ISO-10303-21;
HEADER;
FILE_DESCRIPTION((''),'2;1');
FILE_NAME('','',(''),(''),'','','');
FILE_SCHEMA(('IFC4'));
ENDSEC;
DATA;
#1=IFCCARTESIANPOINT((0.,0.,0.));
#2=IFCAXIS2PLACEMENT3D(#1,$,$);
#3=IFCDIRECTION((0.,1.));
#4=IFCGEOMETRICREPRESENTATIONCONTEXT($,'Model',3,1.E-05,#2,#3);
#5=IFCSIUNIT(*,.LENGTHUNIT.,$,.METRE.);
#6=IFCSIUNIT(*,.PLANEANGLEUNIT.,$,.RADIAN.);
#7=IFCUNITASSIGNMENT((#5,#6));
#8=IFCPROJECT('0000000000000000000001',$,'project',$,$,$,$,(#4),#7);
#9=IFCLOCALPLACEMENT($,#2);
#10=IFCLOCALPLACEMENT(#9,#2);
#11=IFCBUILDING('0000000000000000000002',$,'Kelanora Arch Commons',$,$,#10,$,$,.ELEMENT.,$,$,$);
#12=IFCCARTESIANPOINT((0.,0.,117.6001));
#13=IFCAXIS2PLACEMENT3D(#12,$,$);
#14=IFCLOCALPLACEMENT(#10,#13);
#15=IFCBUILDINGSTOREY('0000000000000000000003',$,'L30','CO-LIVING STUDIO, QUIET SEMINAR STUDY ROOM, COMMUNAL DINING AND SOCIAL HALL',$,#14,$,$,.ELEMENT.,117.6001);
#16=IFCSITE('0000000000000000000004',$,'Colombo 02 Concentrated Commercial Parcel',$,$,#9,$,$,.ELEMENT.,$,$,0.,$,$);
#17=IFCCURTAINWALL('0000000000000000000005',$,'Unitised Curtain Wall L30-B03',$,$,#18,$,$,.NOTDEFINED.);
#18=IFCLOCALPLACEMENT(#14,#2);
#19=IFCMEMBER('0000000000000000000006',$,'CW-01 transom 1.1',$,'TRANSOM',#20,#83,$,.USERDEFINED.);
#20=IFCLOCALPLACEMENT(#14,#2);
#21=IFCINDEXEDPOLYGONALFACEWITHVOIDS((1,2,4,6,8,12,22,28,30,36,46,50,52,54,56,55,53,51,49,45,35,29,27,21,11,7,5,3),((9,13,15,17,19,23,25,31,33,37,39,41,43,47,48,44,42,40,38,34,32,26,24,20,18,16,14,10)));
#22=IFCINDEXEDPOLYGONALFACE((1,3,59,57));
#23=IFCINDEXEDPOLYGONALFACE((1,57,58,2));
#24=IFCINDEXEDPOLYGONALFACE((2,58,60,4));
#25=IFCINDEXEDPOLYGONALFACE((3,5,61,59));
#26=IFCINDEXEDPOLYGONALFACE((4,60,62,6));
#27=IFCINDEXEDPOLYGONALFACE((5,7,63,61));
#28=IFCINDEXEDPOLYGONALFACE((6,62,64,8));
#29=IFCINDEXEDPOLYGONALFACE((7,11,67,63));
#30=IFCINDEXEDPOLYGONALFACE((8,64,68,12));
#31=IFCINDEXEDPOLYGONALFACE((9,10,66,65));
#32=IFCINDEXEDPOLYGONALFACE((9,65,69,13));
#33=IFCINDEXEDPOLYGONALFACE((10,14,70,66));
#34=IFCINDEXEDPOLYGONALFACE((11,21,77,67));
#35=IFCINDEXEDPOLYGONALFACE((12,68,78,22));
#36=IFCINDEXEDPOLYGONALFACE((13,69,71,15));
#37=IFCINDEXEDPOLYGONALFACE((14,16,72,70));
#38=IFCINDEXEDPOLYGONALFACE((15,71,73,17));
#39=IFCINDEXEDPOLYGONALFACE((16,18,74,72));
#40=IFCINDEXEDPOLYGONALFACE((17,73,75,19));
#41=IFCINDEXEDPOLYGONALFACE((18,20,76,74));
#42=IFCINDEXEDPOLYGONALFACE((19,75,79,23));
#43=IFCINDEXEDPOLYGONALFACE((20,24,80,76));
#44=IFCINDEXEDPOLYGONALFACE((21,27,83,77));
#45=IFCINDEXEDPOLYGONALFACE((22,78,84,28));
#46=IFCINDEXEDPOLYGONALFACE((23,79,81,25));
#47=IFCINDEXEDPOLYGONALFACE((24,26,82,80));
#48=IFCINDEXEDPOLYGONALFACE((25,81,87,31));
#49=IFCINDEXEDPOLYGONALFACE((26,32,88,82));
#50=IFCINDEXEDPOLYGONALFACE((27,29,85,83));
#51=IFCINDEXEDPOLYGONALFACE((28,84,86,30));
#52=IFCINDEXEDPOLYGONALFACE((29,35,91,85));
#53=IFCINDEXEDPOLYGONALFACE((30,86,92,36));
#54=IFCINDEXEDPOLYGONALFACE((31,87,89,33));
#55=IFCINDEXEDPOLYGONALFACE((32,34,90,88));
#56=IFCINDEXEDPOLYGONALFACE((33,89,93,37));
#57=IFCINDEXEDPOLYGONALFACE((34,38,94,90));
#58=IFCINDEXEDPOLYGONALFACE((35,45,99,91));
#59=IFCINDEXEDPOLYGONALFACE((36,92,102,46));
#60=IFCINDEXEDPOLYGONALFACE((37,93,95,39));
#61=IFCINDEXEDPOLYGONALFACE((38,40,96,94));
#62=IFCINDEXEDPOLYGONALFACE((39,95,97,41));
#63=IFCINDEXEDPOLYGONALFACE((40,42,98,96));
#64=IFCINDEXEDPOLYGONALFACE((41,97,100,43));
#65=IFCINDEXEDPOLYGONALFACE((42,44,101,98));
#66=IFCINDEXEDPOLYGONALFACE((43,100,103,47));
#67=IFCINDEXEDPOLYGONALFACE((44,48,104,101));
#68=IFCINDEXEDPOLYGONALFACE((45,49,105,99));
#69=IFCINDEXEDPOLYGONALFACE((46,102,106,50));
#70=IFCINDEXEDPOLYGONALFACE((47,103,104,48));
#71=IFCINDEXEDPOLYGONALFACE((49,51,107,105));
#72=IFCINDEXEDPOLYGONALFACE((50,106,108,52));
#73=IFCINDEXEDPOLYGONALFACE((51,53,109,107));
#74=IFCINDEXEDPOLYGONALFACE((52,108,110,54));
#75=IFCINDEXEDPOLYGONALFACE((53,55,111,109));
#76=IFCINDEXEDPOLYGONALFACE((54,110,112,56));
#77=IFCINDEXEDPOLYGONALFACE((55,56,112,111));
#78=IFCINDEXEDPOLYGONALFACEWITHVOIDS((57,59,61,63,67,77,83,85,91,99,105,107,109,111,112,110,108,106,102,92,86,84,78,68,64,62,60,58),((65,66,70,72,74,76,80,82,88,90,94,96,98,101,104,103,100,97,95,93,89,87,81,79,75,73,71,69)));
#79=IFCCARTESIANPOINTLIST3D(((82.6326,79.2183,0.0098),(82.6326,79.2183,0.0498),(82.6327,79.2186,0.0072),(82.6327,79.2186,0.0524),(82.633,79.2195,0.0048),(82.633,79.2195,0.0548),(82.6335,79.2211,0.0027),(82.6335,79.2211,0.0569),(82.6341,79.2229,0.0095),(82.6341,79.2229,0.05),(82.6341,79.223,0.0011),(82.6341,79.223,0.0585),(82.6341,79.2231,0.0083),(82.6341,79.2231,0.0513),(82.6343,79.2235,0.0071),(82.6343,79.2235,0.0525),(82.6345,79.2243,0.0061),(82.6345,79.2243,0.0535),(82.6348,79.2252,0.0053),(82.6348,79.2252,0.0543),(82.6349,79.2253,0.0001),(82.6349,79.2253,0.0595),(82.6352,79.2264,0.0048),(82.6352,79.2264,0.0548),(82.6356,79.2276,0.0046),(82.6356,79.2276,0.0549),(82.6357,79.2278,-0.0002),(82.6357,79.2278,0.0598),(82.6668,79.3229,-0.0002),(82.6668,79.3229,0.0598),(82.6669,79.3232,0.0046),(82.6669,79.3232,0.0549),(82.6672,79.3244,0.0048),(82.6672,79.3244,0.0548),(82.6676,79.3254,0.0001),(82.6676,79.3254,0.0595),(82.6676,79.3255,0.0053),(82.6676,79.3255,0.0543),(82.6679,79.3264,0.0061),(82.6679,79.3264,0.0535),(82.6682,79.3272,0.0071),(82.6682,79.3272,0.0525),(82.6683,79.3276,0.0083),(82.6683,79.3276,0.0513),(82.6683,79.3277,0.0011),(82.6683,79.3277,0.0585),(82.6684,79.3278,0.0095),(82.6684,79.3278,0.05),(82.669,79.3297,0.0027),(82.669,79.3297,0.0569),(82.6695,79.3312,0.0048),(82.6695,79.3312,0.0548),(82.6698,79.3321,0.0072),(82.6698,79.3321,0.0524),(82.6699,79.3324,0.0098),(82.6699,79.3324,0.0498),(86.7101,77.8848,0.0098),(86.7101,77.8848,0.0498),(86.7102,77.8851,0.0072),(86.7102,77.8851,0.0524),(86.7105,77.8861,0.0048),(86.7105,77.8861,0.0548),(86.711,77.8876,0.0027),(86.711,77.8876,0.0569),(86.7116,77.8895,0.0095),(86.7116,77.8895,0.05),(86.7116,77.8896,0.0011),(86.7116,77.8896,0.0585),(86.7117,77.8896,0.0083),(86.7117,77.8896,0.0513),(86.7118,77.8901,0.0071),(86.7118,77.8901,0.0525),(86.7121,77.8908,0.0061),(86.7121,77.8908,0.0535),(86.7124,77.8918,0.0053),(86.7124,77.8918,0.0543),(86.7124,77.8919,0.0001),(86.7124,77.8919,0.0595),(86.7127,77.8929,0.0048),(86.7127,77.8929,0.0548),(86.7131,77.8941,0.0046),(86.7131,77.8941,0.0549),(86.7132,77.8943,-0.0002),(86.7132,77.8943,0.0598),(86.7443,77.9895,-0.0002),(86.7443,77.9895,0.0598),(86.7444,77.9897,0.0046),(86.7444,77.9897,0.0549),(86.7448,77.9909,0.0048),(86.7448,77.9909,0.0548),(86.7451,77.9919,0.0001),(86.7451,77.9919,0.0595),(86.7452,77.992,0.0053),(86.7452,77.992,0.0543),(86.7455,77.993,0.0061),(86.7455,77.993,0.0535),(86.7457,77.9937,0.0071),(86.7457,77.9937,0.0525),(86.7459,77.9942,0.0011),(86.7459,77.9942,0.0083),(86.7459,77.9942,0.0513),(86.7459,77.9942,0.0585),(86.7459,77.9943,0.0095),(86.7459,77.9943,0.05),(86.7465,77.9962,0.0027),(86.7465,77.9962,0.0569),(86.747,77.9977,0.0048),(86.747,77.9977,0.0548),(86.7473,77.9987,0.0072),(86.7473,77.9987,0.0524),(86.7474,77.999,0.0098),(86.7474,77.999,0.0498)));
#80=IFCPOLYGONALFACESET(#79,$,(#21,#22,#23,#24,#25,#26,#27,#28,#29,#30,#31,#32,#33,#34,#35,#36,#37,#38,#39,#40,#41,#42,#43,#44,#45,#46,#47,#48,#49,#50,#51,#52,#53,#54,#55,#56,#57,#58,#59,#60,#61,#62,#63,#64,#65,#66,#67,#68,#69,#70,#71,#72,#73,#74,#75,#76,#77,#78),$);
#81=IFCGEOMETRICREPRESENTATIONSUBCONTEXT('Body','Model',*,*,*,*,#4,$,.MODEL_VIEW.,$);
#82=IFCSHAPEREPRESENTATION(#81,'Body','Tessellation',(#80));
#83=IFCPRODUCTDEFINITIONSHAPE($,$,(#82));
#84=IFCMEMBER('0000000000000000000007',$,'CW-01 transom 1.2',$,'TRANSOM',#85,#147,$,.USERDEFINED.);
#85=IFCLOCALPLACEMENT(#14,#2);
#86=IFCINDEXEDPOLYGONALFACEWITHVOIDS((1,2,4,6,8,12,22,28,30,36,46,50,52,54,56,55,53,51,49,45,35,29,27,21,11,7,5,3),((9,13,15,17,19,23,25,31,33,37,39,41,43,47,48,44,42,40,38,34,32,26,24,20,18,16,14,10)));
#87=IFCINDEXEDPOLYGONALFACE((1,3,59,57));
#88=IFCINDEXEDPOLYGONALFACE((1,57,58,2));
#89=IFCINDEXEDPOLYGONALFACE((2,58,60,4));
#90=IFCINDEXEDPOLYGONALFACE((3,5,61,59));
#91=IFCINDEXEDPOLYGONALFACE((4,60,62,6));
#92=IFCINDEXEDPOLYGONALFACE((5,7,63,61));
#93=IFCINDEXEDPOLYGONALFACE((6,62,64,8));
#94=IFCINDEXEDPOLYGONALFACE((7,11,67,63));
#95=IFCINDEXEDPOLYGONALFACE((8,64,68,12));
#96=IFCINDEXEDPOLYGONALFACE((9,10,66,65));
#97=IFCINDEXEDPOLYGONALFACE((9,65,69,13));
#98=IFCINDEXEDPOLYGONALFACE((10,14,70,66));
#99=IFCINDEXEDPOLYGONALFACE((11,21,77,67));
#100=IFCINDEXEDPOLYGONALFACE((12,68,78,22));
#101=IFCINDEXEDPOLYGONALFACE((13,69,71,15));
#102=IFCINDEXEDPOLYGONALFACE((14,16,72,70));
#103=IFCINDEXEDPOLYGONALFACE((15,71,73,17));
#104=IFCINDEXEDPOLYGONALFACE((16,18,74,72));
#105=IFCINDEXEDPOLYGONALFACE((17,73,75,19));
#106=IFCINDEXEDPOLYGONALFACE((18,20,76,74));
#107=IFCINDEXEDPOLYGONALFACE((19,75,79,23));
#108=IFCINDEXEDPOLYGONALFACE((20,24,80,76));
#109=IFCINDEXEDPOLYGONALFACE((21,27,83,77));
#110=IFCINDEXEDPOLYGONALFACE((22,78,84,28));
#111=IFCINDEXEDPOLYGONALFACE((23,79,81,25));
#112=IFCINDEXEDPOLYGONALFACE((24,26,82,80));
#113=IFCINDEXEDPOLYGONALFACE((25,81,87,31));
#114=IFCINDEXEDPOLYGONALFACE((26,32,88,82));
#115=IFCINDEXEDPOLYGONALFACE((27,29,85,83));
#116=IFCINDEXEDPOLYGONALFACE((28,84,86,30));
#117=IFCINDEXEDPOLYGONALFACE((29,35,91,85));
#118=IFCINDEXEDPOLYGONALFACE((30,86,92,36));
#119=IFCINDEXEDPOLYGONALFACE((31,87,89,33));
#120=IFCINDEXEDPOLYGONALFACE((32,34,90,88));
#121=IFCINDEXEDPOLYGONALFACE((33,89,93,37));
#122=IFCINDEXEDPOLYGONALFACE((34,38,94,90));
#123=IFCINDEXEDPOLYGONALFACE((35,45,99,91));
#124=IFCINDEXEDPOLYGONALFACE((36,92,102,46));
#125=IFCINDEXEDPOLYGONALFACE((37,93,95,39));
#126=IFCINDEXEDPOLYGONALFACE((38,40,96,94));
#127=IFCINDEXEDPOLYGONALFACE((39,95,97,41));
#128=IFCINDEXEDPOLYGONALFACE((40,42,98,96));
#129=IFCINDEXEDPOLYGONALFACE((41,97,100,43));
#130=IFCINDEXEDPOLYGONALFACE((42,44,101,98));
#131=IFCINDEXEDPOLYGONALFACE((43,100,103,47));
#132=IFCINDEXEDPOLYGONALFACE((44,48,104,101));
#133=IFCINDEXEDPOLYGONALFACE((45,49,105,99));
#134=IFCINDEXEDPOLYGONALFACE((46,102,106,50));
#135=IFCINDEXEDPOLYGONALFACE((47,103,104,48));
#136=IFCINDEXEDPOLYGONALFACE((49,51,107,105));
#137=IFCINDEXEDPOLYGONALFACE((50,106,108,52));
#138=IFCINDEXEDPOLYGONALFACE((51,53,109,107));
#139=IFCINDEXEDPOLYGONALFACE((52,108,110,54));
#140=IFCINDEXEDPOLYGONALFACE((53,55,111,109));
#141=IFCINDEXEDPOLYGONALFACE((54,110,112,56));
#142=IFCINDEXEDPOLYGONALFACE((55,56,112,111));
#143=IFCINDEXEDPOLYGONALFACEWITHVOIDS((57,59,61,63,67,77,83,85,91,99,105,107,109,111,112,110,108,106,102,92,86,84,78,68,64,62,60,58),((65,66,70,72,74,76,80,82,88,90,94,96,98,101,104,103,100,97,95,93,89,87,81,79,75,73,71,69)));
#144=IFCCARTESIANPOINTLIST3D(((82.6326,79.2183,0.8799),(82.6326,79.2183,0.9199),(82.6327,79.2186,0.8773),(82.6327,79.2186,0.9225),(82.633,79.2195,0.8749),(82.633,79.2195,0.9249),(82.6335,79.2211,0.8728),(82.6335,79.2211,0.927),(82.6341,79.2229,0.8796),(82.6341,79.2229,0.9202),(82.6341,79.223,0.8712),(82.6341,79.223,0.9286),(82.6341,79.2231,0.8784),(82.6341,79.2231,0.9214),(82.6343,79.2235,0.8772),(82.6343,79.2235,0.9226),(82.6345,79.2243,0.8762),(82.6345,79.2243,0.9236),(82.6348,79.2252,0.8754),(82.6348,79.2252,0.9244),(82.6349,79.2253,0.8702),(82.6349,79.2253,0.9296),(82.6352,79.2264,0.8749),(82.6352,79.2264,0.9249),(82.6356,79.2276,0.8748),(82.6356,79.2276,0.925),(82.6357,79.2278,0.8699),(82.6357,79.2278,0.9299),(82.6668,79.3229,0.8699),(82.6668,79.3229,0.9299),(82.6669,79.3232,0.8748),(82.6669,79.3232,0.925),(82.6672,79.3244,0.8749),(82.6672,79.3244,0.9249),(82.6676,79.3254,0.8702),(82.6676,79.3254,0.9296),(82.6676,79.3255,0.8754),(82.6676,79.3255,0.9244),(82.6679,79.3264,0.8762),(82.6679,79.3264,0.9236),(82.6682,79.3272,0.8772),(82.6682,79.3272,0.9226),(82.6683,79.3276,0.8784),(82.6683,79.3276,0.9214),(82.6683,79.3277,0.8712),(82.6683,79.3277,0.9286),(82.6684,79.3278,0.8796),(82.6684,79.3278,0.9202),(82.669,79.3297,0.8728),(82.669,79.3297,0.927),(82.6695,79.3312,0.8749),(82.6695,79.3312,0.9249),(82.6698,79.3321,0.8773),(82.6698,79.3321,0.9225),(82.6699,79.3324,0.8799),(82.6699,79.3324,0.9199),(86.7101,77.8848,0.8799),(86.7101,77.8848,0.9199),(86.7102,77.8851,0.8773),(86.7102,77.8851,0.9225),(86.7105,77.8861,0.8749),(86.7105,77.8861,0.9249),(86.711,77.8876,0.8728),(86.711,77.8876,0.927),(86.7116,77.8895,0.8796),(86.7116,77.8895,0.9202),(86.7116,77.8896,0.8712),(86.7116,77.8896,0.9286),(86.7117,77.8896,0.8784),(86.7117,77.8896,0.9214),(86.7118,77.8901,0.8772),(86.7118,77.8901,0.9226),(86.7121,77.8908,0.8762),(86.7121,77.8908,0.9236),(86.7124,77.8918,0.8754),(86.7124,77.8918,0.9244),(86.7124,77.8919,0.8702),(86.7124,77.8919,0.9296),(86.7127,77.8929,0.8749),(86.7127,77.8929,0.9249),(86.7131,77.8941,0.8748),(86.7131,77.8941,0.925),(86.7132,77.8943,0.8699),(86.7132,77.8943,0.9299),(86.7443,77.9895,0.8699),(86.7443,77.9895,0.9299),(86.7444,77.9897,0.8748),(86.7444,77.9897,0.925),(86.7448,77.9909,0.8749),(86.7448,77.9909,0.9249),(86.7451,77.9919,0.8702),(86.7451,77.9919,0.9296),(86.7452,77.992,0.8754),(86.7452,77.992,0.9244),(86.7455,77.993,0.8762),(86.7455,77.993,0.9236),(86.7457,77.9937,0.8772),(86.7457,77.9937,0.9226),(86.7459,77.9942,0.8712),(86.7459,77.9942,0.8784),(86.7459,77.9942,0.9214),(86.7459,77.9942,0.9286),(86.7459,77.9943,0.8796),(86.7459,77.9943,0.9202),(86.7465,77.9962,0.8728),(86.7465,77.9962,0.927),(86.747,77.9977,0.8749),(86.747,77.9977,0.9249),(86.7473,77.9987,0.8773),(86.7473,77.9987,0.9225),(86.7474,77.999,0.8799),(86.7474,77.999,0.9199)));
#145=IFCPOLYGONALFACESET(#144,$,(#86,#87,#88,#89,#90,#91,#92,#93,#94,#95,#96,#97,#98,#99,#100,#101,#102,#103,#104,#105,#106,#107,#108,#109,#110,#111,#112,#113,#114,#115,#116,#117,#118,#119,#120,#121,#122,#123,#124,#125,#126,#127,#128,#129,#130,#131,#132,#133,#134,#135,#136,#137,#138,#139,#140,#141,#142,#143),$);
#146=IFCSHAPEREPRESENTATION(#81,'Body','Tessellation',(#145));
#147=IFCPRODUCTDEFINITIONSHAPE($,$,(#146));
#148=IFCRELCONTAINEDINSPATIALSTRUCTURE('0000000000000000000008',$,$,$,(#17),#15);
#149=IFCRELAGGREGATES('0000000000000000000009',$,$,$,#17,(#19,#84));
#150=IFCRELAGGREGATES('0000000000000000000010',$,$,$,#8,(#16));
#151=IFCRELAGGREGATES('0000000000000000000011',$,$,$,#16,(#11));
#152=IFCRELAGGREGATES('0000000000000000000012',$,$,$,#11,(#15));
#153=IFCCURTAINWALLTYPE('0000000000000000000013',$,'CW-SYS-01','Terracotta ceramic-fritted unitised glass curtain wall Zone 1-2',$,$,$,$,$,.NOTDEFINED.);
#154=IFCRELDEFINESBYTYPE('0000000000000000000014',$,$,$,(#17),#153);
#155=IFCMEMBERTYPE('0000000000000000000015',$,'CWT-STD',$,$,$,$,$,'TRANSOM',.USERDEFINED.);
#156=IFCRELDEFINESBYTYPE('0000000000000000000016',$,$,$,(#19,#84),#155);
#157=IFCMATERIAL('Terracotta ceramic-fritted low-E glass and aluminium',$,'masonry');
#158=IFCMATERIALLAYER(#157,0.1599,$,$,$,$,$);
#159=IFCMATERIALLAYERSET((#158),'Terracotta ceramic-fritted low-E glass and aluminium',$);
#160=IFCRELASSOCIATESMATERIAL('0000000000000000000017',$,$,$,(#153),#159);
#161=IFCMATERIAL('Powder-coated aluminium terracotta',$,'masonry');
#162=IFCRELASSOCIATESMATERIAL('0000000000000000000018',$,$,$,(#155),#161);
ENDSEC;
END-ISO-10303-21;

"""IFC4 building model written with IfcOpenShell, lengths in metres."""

from ifc_helpers import new_model, si_unit, direction, frame, origin, origin_2d, place, context, subcontext, project, spatial, hollow_rectangle, extrude, material, layer, layer_set, material_profile, profile_set, type_object, element, aggregate, save


model = new_model("IFC4")

# Units and contexts
model_context = context("Model", 3, precision=1e-05, world=origin(), true_north=direction((0.0, 1.0)))
body_context = subcontext(model_context, "Body", "Model", "MODEL_VIEW")
ifc_project = project(units=[si_unit("LENGTHUNIT", "METRE"), si_unit("PLANEANGLEUNIT", "RADIAN")], contexts=[model_context])

# Site, building, storey
site_placement = place(None, origin())
site = spatial("IfcSite", under=ifc_project, at=site_placement, Name="Colombo 02 Concentrated Commercial Parcel", CompositionType="ELEMENT", RefElevation=0.0)
building_placement = place(site_placement, origin())
building = spatial("IfcBuilding", under=site, at=building_placement, Name="Kelanora Arch Commons", CompositionType="ELEMENT")
storey_placement = place(building_placement, frame((0.0, 0.0, 117.6001)))
storey = spatial("IfcBuildingStorey", under=building, at=storey_placement, Name="L30", Description="CO-LIVING STUDIO, QUIET SEMINAR STUDY ROOM, COMMUNAL DINING AND SOCIAL HALL", CompositionType="ELEMENT", Elevation=117.6001)

# Shared definitions
ifc_material_1 = material(Name="Terracotta ceramic-fritted low-E glass and aluminium", Category="masonry")
ifc_layer_1 = layer(ifc_material_1, 0.1599)
ifc_layer_set_1 = layer_set([ifc_layer_1], Name="Terracotta ceramic-fritted low-E glass and aluminium")
curtain_wall_type = type_object("IfcCurtainWallType", Name="CW-SYS-01", Description="Terracotta ceramic-fritted unitised glass curtain wall Zone 1-2", PredefinedType="NOTDEFINED", material=ifc_layer_set_1)
ifc_material_2 = material(Name="Powder-coated aluminium terracotta", Category="masonry")

# Curtain wall, members
curtain_wall_1_placement = place(storey_placement, origin())
curtain_wall_1 = element("IfcCurtainWall", 1, at=curtain_wall_1_placement, inside=storey, type_object=curtain_wall_type, Name="Unitised Curtain Wall L30-B03", PredefinedType="NOTDEFINED")
ifc_material_profile_1 = material_profile(ifc_material_2, hollow_rectangle(XDim=0.1201, YDim=0.0601, WallThickness=0.0049, InnerFilletRadius=0.0049, OuterFilletRadius=0.01, at=origin_2d()), Name="CWT120x60")
ifc_profile_set_1 = profile_set([ifc_material_profile_1], Name="Powder-coated aluminium terracotta")
member_type_1 = type_object("IfcMemberType", Name="CWT-STD", ElementType="TRANSOM", PredefinedType="USERDEFINED", material=ifc_profile_set_1)
member_1_placement = place(storey_placement, frame((86.7288, 77.9419, 0.0298), z_axis=(-0.950466, 0.310828, 0.0), x_axis=(-0.310828, -0.950466, 0.0)))
member_1 = element("IfcMember", 2, at=member_1_placement, type_object=member_type_1, Name="CW-01 transom 1.1", ObjectType="TRANSOM", PredefinedType="USERDEFINED", context=body_context, shape_type="SweptSolid", body=[
    extrude(hollow_rectangle(XDim=0.1201, YDim=0.0601, WallThickness=0.0049, InnerFilletRadius=0.0049, OuterFilletRadius=0.01, at=origin_2d()), origin(), (0.0, 0.0, 1.0), 4.29),
])
member_2_placement = place(storey_placement, frame((86.7288, 77.9419, 0.8999), z_axis=(-0.950466, 0.310828, 0.0), x_axis=(-0.310828, -0.950466, 0.0)))
member_2 = element("IfcMember", 3, at=member_2_placement, type_object=member_type_1, Name="CW-01 transom 1.2", ObjectType="TRANSOM", PredefinedType="USERDEFINED", context=body_context, shape_type="SweptSolid", body=[
    extrude(hollow_rectangle(XDim=0.1201, YDim=0.0601, WallThickness=0.0049, InnerFilletRadius=0.0049, OuterFilletRadius=0.01, at=origin_2d()), origin(), (0.0, 0.0, 1.0), 4.29),
])
aggregate(curtain_wall_1, [member_1, member_2])

save(model, "model.ifc")
